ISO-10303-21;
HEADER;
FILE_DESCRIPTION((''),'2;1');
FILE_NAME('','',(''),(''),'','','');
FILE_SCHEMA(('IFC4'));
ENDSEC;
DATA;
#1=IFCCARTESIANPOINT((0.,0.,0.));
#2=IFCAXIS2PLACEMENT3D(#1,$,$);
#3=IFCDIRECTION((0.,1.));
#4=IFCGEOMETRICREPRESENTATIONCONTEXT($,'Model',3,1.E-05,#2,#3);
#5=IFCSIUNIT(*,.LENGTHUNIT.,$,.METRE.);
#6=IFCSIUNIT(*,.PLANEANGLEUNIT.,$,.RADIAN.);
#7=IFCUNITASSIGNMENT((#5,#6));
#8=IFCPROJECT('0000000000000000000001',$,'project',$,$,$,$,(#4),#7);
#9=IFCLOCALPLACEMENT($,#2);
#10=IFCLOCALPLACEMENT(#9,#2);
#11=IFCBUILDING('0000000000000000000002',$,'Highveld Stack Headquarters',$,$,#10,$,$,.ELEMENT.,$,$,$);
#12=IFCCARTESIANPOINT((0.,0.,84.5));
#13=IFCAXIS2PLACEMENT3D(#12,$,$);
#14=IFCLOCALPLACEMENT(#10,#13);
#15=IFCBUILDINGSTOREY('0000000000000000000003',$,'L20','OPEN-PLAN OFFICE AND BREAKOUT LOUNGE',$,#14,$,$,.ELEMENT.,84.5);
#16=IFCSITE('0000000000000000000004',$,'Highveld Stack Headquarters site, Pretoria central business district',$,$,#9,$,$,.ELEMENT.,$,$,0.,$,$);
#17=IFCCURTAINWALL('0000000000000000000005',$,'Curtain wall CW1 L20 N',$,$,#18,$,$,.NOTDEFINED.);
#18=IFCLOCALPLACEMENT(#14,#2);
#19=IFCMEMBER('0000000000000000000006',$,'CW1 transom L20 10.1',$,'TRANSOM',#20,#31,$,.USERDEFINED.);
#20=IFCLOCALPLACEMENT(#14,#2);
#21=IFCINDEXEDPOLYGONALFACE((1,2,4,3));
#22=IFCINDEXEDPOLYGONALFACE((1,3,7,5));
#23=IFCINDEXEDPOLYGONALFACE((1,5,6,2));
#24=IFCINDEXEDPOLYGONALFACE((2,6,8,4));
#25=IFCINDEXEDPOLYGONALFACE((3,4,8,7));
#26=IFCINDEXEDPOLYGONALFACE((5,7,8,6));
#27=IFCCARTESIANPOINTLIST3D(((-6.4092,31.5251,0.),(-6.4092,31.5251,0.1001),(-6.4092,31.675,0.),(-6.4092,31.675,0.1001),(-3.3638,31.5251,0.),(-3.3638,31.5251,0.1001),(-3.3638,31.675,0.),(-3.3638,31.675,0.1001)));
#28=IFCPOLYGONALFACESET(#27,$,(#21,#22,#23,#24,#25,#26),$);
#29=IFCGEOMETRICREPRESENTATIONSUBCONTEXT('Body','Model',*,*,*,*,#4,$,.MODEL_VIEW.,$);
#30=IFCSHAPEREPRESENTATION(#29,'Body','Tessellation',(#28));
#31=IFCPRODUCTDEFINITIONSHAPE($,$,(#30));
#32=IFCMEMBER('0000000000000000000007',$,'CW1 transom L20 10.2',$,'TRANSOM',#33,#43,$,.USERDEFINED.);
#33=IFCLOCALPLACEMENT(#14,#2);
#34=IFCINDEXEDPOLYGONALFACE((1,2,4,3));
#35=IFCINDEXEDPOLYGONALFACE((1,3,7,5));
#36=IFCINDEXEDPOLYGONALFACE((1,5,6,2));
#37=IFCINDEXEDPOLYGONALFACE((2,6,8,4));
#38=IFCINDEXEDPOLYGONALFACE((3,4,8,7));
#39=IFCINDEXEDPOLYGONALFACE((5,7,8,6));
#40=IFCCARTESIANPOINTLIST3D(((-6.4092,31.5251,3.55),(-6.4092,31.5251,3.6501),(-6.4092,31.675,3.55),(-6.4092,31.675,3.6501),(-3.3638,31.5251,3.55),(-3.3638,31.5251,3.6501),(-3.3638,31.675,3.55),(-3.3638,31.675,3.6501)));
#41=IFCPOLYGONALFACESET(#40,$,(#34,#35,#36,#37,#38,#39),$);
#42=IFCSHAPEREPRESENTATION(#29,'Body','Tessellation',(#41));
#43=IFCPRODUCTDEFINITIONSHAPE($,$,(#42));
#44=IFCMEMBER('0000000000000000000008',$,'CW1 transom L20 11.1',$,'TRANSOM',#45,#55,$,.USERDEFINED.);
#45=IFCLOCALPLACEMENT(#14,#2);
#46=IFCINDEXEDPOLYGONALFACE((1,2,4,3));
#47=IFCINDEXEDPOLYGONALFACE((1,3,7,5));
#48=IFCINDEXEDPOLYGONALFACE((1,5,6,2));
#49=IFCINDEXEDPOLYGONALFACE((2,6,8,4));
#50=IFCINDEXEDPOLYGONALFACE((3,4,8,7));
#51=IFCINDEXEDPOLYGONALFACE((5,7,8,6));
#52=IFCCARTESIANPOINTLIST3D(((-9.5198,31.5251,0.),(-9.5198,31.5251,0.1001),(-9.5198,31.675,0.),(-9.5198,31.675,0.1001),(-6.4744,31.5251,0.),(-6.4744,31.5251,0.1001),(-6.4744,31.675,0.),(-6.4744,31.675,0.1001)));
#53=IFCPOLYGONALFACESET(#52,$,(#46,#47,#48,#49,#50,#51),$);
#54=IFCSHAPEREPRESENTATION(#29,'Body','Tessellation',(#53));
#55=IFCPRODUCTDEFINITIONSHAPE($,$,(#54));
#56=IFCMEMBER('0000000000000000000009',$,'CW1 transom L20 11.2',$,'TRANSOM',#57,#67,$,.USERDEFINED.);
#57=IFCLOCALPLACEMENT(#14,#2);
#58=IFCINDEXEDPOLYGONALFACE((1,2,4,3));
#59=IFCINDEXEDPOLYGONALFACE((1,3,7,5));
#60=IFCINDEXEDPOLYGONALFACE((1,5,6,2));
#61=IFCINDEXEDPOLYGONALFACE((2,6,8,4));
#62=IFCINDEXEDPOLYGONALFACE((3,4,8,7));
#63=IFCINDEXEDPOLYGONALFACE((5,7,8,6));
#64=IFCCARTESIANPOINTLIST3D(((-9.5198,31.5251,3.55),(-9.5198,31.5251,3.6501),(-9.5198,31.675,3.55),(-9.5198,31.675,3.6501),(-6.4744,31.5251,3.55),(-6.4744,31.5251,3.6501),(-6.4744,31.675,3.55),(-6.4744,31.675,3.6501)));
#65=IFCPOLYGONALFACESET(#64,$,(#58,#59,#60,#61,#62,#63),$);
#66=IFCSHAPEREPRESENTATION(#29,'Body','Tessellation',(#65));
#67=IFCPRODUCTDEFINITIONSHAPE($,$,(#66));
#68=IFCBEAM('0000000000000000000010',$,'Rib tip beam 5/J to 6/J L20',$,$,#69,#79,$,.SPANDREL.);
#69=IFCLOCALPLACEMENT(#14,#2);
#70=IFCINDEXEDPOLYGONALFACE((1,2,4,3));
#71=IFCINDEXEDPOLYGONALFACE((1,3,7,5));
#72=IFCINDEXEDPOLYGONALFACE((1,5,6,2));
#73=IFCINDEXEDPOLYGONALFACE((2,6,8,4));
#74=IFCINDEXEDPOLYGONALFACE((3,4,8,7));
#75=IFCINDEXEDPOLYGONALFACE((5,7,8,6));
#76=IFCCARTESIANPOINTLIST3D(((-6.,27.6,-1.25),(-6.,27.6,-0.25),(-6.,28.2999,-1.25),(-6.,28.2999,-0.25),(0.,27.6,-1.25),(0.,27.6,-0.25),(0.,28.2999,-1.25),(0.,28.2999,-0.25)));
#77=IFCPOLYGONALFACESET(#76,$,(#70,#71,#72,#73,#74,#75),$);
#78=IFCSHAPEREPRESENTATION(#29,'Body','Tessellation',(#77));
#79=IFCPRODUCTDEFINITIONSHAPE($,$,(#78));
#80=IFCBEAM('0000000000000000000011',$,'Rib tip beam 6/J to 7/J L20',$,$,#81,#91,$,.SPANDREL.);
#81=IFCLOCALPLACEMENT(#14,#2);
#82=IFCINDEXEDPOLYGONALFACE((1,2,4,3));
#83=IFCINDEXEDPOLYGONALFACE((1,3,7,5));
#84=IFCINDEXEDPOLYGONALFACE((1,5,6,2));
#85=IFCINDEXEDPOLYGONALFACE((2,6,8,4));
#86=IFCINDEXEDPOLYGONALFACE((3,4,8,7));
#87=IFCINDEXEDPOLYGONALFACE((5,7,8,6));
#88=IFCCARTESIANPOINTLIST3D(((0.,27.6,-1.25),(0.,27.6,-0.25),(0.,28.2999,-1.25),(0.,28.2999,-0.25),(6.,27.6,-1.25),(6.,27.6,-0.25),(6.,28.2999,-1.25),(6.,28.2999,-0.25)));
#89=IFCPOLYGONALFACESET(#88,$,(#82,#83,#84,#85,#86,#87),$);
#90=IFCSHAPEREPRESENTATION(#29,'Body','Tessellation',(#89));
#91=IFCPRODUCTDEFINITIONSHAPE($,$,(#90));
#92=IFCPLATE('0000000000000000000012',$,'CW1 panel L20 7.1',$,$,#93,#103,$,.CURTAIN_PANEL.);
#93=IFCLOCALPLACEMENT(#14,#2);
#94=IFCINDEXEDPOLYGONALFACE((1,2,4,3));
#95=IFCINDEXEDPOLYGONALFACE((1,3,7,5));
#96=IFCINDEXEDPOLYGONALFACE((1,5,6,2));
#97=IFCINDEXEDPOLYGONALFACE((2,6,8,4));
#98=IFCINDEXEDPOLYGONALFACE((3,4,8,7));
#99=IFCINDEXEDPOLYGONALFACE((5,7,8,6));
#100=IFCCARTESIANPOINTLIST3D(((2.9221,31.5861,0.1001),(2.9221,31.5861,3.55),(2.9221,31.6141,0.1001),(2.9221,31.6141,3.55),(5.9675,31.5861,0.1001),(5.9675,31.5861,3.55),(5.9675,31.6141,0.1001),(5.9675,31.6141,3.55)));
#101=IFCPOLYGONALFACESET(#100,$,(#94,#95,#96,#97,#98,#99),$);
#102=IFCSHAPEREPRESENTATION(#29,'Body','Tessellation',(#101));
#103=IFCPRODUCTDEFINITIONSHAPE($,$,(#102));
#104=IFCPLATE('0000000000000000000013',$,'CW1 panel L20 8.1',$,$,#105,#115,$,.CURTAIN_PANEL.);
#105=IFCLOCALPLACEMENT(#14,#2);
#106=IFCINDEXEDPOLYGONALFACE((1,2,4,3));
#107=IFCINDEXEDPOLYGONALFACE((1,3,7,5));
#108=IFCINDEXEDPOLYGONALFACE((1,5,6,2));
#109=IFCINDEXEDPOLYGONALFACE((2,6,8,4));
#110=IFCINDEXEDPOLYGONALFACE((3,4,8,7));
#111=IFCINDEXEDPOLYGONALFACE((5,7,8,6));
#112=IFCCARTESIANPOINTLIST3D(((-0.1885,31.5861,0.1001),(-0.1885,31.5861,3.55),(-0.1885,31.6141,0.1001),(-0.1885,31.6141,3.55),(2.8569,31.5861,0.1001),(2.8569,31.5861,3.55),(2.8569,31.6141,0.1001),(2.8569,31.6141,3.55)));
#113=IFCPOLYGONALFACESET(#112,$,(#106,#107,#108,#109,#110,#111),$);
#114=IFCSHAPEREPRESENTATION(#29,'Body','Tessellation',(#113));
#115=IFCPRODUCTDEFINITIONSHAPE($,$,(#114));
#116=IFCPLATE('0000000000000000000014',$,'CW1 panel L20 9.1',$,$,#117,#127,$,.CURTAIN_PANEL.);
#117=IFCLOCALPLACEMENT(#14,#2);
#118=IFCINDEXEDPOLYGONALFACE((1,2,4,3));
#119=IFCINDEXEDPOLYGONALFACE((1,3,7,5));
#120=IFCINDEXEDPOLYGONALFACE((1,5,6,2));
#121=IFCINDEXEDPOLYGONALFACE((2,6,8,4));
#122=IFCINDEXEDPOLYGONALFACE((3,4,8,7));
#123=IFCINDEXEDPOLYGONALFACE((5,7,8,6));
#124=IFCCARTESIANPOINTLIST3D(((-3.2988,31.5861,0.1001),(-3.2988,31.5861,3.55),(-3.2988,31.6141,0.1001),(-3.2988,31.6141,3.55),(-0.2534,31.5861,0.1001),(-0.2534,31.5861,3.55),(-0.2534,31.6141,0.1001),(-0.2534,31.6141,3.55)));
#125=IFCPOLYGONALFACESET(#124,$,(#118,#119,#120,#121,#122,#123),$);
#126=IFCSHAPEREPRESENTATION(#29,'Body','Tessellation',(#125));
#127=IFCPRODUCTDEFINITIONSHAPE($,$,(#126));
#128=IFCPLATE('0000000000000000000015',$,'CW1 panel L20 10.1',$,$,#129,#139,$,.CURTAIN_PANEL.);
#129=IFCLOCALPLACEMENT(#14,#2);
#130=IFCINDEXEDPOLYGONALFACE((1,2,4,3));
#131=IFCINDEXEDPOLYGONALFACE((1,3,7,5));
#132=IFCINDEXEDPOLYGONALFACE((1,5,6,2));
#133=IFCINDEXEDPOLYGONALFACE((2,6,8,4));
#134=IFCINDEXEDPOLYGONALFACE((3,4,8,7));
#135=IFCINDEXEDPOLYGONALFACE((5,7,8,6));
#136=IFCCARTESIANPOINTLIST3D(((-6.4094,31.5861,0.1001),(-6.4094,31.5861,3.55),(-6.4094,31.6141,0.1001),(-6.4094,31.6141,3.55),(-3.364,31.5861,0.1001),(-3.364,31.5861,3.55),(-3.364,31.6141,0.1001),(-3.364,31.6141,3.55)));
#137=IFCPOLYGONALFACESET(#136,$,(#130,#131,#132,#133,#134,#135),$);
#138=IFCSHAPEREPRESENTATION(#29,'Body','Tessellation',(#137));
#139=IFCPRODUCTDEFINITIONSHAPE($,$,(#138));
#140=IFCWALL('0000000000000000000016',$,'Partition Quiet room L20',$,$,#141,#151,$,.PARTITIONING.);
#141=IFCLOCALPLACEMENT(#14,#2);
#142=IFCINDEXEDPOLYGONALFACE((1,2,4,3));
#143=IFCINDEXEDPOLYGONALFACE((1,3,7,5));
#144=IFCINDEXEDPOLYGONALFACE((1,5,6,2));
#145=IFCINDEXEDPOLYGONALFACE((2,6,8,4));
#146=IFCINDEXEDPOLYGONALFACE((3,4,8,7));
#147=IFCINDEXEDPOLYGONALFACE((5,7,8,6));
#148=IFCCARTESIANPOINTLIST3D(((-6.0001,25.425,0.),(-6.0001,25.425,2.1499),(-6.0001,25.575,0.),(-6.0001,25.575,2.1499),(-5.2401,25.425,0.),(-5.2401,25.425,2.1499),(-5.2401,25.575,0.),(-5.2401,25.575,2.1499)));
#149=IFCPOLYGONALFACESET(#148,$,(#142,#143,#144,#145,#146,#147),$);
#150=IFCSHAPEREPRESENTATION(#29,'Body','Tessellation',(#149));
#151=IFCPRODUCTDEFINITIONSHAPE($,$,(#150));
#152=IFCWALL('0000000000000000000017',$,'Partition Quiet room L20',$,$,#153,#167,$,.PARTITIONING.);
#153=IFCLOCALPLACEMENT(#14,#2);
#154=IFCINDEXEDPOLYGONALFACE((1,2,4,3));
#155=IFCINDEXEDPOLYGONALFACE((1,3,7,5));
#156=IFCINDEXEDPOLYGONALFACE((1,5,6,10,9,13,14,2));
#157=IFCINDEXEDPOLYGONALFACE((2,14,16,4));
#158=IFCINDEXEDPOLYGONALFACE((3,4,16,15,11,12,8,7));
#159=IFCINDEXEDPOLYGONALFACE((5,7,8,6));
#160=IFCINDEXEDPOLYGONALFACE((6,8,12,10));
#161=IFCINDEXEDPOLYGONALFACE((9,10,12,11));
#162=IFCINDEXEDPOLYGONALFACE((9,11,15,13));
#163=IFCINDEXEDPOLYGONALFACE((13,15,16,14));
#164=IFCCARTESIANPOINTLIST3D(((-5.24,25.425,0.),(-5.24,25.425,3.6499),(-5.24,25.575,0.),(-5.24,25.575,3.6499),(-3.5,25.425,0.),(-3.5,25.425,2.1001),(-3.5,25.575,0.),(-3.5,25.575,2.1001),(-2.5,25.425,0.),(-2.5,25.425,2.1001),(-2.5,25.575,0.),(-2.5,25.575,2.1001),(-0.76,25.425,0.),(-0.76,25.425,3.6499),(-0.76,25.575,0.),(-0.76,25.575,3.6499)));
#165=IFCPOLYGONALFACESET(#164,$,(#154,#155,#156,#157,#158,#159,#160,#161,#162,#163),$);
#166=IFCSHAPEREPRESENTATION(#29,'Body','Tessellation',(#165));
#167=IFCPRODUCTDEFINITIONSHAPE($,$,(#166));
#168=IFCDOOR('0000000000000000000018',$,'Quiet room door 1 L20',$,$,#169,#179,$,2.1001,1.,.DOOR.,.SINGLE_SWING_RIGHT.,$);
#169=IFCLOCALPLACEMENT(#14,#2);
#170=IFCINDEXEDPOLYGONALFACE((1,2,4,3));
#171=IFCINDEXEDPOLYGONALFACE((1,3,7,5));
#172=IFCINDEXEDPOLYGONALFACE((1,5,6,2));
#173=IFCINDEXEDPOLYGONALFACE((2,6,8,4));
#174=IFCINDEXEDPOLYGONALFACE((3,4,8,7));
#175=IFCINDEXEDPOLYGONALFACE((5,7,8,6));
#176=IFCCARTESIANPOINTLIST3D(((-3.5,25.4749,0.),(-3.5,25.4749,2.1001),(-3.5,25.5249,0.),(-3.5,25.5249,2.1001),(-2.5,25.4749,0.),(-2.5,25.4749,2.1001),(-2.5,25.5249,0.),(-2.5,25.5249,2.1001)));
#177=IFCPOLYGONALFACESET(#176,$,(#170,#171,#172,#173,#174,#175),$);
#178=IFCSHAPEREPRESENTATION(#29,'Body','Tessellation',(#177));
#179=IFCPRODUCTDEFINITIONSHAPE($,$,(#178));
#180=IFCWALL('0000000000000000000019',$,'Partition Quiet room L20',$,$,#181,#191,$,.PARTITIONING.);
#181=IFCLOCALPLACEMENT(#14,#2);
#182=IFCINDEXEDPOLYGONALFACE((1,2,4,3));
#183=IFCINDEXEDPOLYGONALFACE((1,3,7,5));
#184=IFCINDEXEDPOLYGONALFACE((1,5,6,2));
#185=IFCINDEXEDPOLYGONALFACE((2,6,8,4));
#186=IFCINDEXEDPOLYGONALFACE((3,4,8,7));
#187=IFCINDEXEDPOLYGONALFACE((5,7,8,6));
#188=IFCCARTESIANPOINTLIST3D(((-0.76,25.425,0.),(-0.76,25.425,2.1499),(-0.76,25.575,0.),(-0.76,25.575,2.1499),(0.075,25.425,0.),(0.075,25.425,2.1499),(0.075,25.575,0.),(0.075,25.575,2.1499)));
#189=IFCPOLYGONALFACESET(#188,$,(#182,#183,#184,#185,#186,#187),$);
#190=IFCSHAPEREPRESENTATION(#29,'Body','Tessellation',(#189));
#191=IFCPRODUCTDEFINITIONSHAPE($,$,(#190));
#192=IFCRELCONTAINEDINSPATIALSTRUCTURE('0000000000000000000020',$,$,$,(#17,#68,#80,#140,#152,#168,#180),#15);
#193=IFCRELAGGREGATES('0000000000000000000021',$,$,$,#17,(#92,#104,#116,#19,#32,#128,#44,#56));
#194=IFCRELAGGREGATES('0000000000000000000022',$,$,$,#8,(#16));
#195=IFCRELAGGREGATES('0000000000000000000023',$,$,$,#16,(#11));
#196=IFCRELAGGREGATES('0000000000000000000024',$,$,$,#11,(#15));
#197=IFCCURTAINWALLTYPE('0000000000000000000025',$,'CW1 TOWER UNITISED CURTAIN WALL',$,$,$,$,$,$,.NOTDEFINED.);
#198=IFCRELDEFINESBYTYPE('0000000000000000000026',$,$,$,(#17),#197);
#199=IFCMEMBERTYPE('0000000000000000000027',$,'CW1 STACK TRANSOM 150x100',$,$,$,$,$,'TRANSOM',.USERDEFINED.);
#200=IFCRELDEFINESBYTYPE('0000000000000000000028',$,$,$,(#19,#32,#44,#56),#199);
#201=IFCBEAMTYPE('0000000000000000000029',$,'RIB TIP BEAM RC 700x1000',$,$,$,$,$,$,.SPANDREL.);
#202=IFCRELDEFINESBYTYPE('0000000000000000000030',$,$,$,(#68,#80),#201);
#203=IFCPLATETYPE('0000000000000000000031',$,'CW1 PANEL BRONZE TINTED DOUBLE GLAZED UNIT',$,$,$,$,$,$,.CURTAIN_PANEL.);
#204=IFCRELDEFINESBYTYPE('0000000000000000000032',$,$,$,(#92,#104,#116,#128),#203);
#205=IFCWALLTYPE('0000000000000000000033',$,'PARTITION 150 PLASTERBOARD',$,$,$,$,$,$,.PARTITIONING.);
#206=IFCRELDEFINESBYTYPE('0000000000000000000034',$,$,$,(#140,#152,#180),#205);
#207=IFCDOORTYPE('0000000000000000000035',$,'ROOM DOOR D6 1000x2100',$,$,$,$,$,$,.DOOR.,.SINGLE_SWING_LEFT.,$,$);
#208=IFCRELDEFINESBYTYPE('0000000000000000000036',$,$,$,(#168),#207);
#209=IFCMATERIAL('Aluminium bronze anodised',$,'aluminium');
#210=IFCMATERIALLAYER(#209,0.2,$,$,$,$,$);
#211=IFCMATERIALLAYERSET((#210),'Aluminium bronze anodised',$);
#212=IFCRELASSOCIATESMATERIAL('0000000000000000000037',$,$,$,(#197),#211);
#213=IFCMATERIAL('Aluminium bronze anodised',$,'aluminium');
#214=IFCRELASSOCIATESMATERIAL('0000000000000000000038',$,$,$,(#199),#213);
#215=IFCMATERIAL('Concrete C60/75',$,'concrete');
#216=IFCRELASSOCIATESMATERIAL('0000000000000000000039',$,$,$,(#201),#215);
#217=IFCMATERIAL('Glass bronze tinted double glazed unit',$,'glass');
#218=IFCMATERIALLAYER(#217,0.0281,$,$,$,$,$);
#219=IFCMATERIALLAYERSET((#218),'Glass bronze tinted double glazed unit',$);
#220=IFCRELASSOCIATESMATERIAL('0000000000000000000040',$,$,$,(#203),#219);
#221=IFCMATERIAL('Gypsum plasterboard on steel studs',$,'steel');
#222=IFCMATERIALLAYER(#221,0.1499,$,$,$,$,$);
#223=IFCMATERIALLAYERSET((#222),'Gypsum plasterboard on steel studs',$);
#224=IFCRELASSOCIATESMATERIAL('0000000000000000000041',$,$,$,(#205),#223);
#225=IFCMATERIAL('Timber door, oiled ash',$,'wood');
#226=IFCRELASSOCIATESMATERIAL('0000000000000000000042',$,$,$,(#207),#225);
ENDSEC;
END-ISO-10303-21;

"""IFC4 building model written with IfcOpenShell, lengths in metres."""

from ifc_helpers import new_model, si_unit, direction, frame, frame_2d, origin, origin_2d, place, context, subcontext, project, spatial, rectangle, extrude, material, layer, layer_set, material_profile, profile_set, type_object, element, fill, aggregate, save


model = new_model("IFC4")

# Units and contexts
model_context = context("Model", 3, precision=1e-05, world=origin(), true_north=direction((0.0, 1.0)))
body_context = subcontext(model_context, "Body", "Model", "MODEL_VIEW")
ifc_project = project(units=[si_unit("LENGTHUNIT", "METRE"), si_unit("PLANEANGLEUNIT", "RADIAN")], contexts=[model_context])

# Site, building, storey
site_placement = place(None, origin())
site = spatial("IfcSite", under=ifc_project, at=site_placement, Name="Highveld Stack Headquarters site, Pretoria central business district", CompositionType="ELEMENT", RefElevation=0.0)
building_placement = place(site_placement, origin())
building = spatial("IfcBuilding", under=site, at=building_placement, Name="Highveld Stack Headquarters", CompositionType="ELEMENT")
storey_placement = place(building_placement, frame((0.0, 0.0, 84.5)))
storey = spatial("IfcBuildingStorey", under=building, at=storey_placement, Name="L20", Description="OPEN-PLAN OFFICE AND BREAKOUT LOUNGE", CompositionType="ELEMENT", Elevation=84.5)

# Curtain wall, members
ifc_material_1 = material(Name="Aluminium bronze anodised", Category="aluminium")
ifc_layer_1 = layer(ifc_material_1, 0.2)
ifc_layer_set_1 = layer_set([ifc_layer_1], Name="Aluminium bronze anodised")
curtain_wall_type = type_object("IfcCurtainWallType", Name="CW1 TOWER UNITISED CURTAIN WALL", PredefinedType="NOTDEFINED", material=ifc_layer_set_1)
curtain_wall_placement = place(storey_placement, origin())
curtain_wall = element("IfcCurtainWall", 1, at=curtain_wall_placement, inside=storey, type_object=curtain_wall_type, Name="Curtain wall CW1 L20 N", PredefinedType="NOTDEFINED")
ifc_material_2 = material(Name="Aluminium bronze anodised", Category="aluminium")
ifc_material_profile_1 = material_profile(ifc_material_2, rectangle(XDim=0.1499, YDim=0.1001, at=origin_2d()), Name="CW1 TRANSOM 150x100")
ifc_profile_set_1 = profile_set([ifc_material_profile_1], Name="Aluminium bronze anodised")
member_type_1 = type_object("IfcMemberType", Name="CW1 STACK TRANSOM 150x100", ElementType="TRANSOM", PredefinedType="USERDEFINED", material=ifc_profile_set_1)
member_1_placement = place(storey_placement, frame((-3.3638, 31.6001, 0.05), z_axis=(-1.0, 0.0, 0.0), x_axis=(0.0, -1.0, 0.0)))
member_1 = element("IfcMember", 2, at=member_1_placement, type_object=member_type_1, Name="CW1 transom L20 10.1", ObjectType="TRANSOM", PredefinedType="USERDEFINED", context=body_context, shape_type="SweptSolid", body=[
    extrude(rectangle(XDim=0.1499, YDim=0.1001, at=origin_2d()), origin(), (0.0, 0.0, 1.0), 3.0454),
])
member_2_placement = place(storey_placement, frame((-3.3638, 31.6001, 3.6001), z_axis=(-1.0, 0.0, 0.0), x_axis=(0.0, -1.0, 0.0)))
member_2 = element("IfcMember", 3, at=member_2_placement, type_object=member_type_1, Name="CW1 transom L20 10.2", ObjectType="TRANSOM", PredefinedType="USERDEFINED", context=body_context, shape_type="SweptSolid", body=[
    extrude(rectangle(XDim=0.1499, YDim=0.1001, at=origin_2d()), origin(), (0.0, 0.0, 1.0), 3.0454),
])
member_3_placement = place(storey_placement, frame((-6.4744, 31.6001, 0.05), z_axis=(-1.0, 0.0, 0.0), x_axis=(0.0, -1.0, 0.0)))
member_3 = element("IfcMember", 4, at=member_3_placement, type_object=member_type_1, Name="CW1 transom L20 11.1", ObjectType="TRANSOM", PredefinedType="USERDEFINED", context=body_context, shape_type="SweptSolid", body=[
    extrude(rectangle(XDim=0.1499, YDim=0.1001, at=origin_2d()), origin(), (0.0, 0.0, 1.0), 3.0454),
])
member_4_placement = place(storey_placement, frame((-6.4744, 31.6001, 3.6001), z_axis=(-1.0, 0.0, 0.0), x_axis=(0.0, -1.0, 0.0)))
member_4 = element("IfcMember", 5, at=member_4_placement, type_object=member_type_1, Name="CW1 transom L20 11.2", ObjectType="TRANSOM", PredefinedType="USERDEFINED", context=body_context, shape_type="SweptSolid", body=[
    extrude(rectangle(XDim=0.1499, YDim=0.1001, at=origin_2d()), origin(), (0.0, 0.0, 1.0), 3.0454),
])

# Beams
ifc_material_3 = material(Name="Concrete C60/75", Category="concrete")
ifc_material_profile_2 = material_profile(ifc_material_3, rectangle(XDim=0.7, YDim=1.0, at=origin_2d()), Name="RC 700x1000")
ifc_profile_set_2 = profile_set([ifc_material_profile_2], Name="Concrete C60/75")
beam_type_1 = type_object("IfcBeamType", Name="RIB TIP BEAM RC 700x1000", PredefinedType="SPANDREL", material=ifc_profile_set_2)
for number, where, z_axis, x_axis, name in (
    (6, (-6.0, 27.95, -0.75), (1.0, 0.0, 0.0), (0.0, 1.0, 0.0), "Rib tip beam 5/J to 6/J L20"),
    (7, (0.0, 27.95, -0.75), (1.0, 0.0, 0.0), (0.0, 1.0, 0.0), "Rib tip beam 6/J to 7/J L20"),
):
    element("IfcBeam", number, at=place(storey_placement, frame(where, z_axis=z_axis, x_axis=x_axis)), inside=storey, type_object=beam_type_1, Name=name, PredefinedType="SPANDREL", context=body_context, shape_type="SweptSolid", body=[
        extrude(rectangle(XDim=0.7, YDim=1.0, at=origin_2d()), origin(), (0.0, 0.0, 1.0), 6.0),
    ])

# Plates
ifc_material_4 = material(Name="Glass bronze tinted double glazed unit", Category="glass")
ifc_layer_2 = layer(ifc_material_4, 0.0281)
ifc_layer_set_2 = layer_set([ifc_layer_2], Name="Glass bronze tinted double glazed unit")
plate_type = type_object("IfcPlateType", Name="CW1 PANEL BRONZE TINTED DOUBLE GLAZED UNIT", PredefinedType="CURTAIN_PANEL", material=ifc_layer_set_2)
plate_1_placement = place(storey_placement, frame((4.4448, 31.6001, 0.1001), z_axis=(0.0, 0.0, 1.0), x_axis=(-1.0, 0.0, 0.0)))
plate_1 = element("IfcPlate", 8, at=plate_1_placement, type_object=plate_type, Name="CW1 panel L20 7.1", PredefinedType="CURTAIN_PANEL", context=body_context, shape_type="SweptSolid", body=[
    extrude(rectangle(XDim=3.0454, YDim=0.0281, at=origin_2d()), origin(), (0.0, 0.0, 1.0), 3.45),
])
plate_2_placement = place(storey_placement, frame((1.3342, 31.6001, 0.1001), z_axis=(0.0, 0.0, 1.0), x_axis=(-1.0, 0.0, 0.0)))
plate_2 = element("IfcPlate", 9, at=plate_2_placement, type_object=plate_type, Name="CW1 panel L20 8.1", PredefinedType="CURTAIN_PANEL", context=body_context, shape_type="SweptSolid", body=[
    extrude(rectangle(XDim=3.0454, YDim=0.0281, at=origin_2d()), origin(), (0.0, 0.0, 1.0), 3.45),
])
plate_3_placement = place(storey_placement, frame((-1.7761, 31.6001, 0.1001), z_axis=(0.0, 0.0, 1.0), x_axis=(-1.0, 0.0, 0.0)))
plate_3 = element("IfcPlate", 10, at=plate_3_placement, type_object=plate_type, Name="CW1 panel L20 9.1", PredefinedType="CURTAIN_PANEL", context=body_context, shape_type="SweptSolid", body=[
    extrude(rectangle(XDim=3.0454, YDim=0.0281, at=origin_2d()), origin(), (0.0, 0.0, 1.0), 3.45),
])
plate_4_placement = place(storey_placement, frame((-4.8867, 31.6001, 0.1001), z_axis=(0.0, 0.0, 1.0), x_axis=(-1.0, 0.0, 0.0)))
plate_4 = element("IfcPlate", 11, at=plate_4_placement, type_object=plate_type, Name="CW1 panel L20 10.1", PredefinedType="CURTAIN_PANEL", context=body_context, shape_type="SweptSolid", body=[
    extrude(rectangle(XDim=3.0454, YDim=0.0281, at=origin_2d()), origin(), (0.0, 0.0, 1.0), 3.45),
])
aggregate(curtain_wall, [plate_1, plate_2, plate_3, member_1, member_2, plate_4, member_3, member_4])

# Wall
ifc_material_5 = material(Name="Gypsum plasterboard on steel studs", Category="steel")
ifc_layer_3 = layer(ifc_material_5, 0.1499)
ifc_layer_set_3 = layer_set([ifc_layer_3], Name="Gypsum plasterboard on steel studs")
wall_type = type_object("IfcWallType", Name="PARTITION 150 PLASTERBOARD", PredefinedType="PARTITIONING", material=ifc_layer_set_3)
wall_1_placement = place(storey_placement, frame((-6.0, 25.5, 0.0), z_axis=(0.0, 0.0, 1.0), x_axis=(1.0, 0.0, 0.0)))
element("IfcWall", 12, at=wall_1_placement, inside=storey, type_object=wall_type, Name="Partition Quiet room L20", PredefinedType="PARTITIONING", context=body_context, shape_type="SweptSolid", body=[
    extrude(rectangle(XDim=0.76, YDim=0.1499, at=frame_2d((0.3799, 0.0))), origin(), (0.0, 0.0, 1.0), 2.1499),
])

# Wall, opening, door
wall_2_placement = place(storey_placement, frame((-5.24, 25.5, 0.0), z_axis=(0.0, 0.0, 1.0), x_axis=(1.0, 0.0, 0.0)))
wall_2 = element("IfcWall", 13, at=wall_2_placement, inside=storey, type_object=wall_type, Name="Partition Quiet room L20", PredefinedType="PARTITIONING", context=body_context, shape_type="SweptSolid", body=[
    extrude(rectangle(XDim=4.48, YDim=0.1499, at=frame_2d((2.24, 0.0))), origin(), (0.0, 0.0, 1.0), 3.6499),
])
opening_placement = place(wall_2_placement, frame((1.74, 0.0, 0.0)))
opening = element("IfcOpeningElement", 14, at=opening_placement, cuts=wall_2, PredefinedType="OPENING", context=body_context, shape_type="SweptSolid", body=[
    extrude(rectangle(XDim=1.0, YDim=2.1001, at=frame_2d((0.5, 1.05))), frame((0.0, 0.085, 0.0), z_axis=(0.0, -1.0, 0.0), x_axis=(1.0, 0.0, 0.0)), (0.0, 0.0, 1.0), 0.1699),
])
ifc_material_6 = material(Name="Timber door, oiled ash", Category="wood")
door_type = type_object("IfcDoorType", Name="ROOM DOOR D6 1000x2100", OperationType="SINGLE_SWING_LEFT", PredefinedType="DOOR", material=ifc_material_6)
door_placement = place(opening_placement, origin())
door = element("IfcDoor", 15, at=door_placement, inside=storey, type_object=door_type, Name="Quiet room door 1 L20", OperationType="SINGLE_SWING_RIGHT", OverallHeight=2.1001, OverallWidth=1.0, PredefinedType="DOOR", context=body_context, shape_type="SweptSolid", body=[
    extrude(rectangle(XDim=1.0, YDim=2.1001, at=frame_2d((0.5, 1.05))), frame((0.0, 0.0249, 0.0), z_axis=(0.0, -1.0, 0.0), x_axis=(1.0, 0.0, 0.0)), (0.0, 0.0, 1.0), 0.05),
])
fill(opening, door)

# Wall
wall_3_placement = place(storey_placement, frame((-0.76, 25.5, 0.0), z_axis=(0.0, 0.0, 1.0), x_axis=(1.0, 0.0, 0.0)))
element("IfcWall", 16, at=wall_3_placement, inside=storey, type_object=wall_type, Name="Partition Quiet room L20", PredefinedType="PARTITIONING", context=body_context, shape_type="SweptSolid", body=[
    extrude(rectangle(XDim=0.835, YDim=0.1499, at=frame_2d((0.4175, 0.0))), origin(), (0.0, 0.0, 1.0), 2.1499),
])

save(model, "model.ifc")
